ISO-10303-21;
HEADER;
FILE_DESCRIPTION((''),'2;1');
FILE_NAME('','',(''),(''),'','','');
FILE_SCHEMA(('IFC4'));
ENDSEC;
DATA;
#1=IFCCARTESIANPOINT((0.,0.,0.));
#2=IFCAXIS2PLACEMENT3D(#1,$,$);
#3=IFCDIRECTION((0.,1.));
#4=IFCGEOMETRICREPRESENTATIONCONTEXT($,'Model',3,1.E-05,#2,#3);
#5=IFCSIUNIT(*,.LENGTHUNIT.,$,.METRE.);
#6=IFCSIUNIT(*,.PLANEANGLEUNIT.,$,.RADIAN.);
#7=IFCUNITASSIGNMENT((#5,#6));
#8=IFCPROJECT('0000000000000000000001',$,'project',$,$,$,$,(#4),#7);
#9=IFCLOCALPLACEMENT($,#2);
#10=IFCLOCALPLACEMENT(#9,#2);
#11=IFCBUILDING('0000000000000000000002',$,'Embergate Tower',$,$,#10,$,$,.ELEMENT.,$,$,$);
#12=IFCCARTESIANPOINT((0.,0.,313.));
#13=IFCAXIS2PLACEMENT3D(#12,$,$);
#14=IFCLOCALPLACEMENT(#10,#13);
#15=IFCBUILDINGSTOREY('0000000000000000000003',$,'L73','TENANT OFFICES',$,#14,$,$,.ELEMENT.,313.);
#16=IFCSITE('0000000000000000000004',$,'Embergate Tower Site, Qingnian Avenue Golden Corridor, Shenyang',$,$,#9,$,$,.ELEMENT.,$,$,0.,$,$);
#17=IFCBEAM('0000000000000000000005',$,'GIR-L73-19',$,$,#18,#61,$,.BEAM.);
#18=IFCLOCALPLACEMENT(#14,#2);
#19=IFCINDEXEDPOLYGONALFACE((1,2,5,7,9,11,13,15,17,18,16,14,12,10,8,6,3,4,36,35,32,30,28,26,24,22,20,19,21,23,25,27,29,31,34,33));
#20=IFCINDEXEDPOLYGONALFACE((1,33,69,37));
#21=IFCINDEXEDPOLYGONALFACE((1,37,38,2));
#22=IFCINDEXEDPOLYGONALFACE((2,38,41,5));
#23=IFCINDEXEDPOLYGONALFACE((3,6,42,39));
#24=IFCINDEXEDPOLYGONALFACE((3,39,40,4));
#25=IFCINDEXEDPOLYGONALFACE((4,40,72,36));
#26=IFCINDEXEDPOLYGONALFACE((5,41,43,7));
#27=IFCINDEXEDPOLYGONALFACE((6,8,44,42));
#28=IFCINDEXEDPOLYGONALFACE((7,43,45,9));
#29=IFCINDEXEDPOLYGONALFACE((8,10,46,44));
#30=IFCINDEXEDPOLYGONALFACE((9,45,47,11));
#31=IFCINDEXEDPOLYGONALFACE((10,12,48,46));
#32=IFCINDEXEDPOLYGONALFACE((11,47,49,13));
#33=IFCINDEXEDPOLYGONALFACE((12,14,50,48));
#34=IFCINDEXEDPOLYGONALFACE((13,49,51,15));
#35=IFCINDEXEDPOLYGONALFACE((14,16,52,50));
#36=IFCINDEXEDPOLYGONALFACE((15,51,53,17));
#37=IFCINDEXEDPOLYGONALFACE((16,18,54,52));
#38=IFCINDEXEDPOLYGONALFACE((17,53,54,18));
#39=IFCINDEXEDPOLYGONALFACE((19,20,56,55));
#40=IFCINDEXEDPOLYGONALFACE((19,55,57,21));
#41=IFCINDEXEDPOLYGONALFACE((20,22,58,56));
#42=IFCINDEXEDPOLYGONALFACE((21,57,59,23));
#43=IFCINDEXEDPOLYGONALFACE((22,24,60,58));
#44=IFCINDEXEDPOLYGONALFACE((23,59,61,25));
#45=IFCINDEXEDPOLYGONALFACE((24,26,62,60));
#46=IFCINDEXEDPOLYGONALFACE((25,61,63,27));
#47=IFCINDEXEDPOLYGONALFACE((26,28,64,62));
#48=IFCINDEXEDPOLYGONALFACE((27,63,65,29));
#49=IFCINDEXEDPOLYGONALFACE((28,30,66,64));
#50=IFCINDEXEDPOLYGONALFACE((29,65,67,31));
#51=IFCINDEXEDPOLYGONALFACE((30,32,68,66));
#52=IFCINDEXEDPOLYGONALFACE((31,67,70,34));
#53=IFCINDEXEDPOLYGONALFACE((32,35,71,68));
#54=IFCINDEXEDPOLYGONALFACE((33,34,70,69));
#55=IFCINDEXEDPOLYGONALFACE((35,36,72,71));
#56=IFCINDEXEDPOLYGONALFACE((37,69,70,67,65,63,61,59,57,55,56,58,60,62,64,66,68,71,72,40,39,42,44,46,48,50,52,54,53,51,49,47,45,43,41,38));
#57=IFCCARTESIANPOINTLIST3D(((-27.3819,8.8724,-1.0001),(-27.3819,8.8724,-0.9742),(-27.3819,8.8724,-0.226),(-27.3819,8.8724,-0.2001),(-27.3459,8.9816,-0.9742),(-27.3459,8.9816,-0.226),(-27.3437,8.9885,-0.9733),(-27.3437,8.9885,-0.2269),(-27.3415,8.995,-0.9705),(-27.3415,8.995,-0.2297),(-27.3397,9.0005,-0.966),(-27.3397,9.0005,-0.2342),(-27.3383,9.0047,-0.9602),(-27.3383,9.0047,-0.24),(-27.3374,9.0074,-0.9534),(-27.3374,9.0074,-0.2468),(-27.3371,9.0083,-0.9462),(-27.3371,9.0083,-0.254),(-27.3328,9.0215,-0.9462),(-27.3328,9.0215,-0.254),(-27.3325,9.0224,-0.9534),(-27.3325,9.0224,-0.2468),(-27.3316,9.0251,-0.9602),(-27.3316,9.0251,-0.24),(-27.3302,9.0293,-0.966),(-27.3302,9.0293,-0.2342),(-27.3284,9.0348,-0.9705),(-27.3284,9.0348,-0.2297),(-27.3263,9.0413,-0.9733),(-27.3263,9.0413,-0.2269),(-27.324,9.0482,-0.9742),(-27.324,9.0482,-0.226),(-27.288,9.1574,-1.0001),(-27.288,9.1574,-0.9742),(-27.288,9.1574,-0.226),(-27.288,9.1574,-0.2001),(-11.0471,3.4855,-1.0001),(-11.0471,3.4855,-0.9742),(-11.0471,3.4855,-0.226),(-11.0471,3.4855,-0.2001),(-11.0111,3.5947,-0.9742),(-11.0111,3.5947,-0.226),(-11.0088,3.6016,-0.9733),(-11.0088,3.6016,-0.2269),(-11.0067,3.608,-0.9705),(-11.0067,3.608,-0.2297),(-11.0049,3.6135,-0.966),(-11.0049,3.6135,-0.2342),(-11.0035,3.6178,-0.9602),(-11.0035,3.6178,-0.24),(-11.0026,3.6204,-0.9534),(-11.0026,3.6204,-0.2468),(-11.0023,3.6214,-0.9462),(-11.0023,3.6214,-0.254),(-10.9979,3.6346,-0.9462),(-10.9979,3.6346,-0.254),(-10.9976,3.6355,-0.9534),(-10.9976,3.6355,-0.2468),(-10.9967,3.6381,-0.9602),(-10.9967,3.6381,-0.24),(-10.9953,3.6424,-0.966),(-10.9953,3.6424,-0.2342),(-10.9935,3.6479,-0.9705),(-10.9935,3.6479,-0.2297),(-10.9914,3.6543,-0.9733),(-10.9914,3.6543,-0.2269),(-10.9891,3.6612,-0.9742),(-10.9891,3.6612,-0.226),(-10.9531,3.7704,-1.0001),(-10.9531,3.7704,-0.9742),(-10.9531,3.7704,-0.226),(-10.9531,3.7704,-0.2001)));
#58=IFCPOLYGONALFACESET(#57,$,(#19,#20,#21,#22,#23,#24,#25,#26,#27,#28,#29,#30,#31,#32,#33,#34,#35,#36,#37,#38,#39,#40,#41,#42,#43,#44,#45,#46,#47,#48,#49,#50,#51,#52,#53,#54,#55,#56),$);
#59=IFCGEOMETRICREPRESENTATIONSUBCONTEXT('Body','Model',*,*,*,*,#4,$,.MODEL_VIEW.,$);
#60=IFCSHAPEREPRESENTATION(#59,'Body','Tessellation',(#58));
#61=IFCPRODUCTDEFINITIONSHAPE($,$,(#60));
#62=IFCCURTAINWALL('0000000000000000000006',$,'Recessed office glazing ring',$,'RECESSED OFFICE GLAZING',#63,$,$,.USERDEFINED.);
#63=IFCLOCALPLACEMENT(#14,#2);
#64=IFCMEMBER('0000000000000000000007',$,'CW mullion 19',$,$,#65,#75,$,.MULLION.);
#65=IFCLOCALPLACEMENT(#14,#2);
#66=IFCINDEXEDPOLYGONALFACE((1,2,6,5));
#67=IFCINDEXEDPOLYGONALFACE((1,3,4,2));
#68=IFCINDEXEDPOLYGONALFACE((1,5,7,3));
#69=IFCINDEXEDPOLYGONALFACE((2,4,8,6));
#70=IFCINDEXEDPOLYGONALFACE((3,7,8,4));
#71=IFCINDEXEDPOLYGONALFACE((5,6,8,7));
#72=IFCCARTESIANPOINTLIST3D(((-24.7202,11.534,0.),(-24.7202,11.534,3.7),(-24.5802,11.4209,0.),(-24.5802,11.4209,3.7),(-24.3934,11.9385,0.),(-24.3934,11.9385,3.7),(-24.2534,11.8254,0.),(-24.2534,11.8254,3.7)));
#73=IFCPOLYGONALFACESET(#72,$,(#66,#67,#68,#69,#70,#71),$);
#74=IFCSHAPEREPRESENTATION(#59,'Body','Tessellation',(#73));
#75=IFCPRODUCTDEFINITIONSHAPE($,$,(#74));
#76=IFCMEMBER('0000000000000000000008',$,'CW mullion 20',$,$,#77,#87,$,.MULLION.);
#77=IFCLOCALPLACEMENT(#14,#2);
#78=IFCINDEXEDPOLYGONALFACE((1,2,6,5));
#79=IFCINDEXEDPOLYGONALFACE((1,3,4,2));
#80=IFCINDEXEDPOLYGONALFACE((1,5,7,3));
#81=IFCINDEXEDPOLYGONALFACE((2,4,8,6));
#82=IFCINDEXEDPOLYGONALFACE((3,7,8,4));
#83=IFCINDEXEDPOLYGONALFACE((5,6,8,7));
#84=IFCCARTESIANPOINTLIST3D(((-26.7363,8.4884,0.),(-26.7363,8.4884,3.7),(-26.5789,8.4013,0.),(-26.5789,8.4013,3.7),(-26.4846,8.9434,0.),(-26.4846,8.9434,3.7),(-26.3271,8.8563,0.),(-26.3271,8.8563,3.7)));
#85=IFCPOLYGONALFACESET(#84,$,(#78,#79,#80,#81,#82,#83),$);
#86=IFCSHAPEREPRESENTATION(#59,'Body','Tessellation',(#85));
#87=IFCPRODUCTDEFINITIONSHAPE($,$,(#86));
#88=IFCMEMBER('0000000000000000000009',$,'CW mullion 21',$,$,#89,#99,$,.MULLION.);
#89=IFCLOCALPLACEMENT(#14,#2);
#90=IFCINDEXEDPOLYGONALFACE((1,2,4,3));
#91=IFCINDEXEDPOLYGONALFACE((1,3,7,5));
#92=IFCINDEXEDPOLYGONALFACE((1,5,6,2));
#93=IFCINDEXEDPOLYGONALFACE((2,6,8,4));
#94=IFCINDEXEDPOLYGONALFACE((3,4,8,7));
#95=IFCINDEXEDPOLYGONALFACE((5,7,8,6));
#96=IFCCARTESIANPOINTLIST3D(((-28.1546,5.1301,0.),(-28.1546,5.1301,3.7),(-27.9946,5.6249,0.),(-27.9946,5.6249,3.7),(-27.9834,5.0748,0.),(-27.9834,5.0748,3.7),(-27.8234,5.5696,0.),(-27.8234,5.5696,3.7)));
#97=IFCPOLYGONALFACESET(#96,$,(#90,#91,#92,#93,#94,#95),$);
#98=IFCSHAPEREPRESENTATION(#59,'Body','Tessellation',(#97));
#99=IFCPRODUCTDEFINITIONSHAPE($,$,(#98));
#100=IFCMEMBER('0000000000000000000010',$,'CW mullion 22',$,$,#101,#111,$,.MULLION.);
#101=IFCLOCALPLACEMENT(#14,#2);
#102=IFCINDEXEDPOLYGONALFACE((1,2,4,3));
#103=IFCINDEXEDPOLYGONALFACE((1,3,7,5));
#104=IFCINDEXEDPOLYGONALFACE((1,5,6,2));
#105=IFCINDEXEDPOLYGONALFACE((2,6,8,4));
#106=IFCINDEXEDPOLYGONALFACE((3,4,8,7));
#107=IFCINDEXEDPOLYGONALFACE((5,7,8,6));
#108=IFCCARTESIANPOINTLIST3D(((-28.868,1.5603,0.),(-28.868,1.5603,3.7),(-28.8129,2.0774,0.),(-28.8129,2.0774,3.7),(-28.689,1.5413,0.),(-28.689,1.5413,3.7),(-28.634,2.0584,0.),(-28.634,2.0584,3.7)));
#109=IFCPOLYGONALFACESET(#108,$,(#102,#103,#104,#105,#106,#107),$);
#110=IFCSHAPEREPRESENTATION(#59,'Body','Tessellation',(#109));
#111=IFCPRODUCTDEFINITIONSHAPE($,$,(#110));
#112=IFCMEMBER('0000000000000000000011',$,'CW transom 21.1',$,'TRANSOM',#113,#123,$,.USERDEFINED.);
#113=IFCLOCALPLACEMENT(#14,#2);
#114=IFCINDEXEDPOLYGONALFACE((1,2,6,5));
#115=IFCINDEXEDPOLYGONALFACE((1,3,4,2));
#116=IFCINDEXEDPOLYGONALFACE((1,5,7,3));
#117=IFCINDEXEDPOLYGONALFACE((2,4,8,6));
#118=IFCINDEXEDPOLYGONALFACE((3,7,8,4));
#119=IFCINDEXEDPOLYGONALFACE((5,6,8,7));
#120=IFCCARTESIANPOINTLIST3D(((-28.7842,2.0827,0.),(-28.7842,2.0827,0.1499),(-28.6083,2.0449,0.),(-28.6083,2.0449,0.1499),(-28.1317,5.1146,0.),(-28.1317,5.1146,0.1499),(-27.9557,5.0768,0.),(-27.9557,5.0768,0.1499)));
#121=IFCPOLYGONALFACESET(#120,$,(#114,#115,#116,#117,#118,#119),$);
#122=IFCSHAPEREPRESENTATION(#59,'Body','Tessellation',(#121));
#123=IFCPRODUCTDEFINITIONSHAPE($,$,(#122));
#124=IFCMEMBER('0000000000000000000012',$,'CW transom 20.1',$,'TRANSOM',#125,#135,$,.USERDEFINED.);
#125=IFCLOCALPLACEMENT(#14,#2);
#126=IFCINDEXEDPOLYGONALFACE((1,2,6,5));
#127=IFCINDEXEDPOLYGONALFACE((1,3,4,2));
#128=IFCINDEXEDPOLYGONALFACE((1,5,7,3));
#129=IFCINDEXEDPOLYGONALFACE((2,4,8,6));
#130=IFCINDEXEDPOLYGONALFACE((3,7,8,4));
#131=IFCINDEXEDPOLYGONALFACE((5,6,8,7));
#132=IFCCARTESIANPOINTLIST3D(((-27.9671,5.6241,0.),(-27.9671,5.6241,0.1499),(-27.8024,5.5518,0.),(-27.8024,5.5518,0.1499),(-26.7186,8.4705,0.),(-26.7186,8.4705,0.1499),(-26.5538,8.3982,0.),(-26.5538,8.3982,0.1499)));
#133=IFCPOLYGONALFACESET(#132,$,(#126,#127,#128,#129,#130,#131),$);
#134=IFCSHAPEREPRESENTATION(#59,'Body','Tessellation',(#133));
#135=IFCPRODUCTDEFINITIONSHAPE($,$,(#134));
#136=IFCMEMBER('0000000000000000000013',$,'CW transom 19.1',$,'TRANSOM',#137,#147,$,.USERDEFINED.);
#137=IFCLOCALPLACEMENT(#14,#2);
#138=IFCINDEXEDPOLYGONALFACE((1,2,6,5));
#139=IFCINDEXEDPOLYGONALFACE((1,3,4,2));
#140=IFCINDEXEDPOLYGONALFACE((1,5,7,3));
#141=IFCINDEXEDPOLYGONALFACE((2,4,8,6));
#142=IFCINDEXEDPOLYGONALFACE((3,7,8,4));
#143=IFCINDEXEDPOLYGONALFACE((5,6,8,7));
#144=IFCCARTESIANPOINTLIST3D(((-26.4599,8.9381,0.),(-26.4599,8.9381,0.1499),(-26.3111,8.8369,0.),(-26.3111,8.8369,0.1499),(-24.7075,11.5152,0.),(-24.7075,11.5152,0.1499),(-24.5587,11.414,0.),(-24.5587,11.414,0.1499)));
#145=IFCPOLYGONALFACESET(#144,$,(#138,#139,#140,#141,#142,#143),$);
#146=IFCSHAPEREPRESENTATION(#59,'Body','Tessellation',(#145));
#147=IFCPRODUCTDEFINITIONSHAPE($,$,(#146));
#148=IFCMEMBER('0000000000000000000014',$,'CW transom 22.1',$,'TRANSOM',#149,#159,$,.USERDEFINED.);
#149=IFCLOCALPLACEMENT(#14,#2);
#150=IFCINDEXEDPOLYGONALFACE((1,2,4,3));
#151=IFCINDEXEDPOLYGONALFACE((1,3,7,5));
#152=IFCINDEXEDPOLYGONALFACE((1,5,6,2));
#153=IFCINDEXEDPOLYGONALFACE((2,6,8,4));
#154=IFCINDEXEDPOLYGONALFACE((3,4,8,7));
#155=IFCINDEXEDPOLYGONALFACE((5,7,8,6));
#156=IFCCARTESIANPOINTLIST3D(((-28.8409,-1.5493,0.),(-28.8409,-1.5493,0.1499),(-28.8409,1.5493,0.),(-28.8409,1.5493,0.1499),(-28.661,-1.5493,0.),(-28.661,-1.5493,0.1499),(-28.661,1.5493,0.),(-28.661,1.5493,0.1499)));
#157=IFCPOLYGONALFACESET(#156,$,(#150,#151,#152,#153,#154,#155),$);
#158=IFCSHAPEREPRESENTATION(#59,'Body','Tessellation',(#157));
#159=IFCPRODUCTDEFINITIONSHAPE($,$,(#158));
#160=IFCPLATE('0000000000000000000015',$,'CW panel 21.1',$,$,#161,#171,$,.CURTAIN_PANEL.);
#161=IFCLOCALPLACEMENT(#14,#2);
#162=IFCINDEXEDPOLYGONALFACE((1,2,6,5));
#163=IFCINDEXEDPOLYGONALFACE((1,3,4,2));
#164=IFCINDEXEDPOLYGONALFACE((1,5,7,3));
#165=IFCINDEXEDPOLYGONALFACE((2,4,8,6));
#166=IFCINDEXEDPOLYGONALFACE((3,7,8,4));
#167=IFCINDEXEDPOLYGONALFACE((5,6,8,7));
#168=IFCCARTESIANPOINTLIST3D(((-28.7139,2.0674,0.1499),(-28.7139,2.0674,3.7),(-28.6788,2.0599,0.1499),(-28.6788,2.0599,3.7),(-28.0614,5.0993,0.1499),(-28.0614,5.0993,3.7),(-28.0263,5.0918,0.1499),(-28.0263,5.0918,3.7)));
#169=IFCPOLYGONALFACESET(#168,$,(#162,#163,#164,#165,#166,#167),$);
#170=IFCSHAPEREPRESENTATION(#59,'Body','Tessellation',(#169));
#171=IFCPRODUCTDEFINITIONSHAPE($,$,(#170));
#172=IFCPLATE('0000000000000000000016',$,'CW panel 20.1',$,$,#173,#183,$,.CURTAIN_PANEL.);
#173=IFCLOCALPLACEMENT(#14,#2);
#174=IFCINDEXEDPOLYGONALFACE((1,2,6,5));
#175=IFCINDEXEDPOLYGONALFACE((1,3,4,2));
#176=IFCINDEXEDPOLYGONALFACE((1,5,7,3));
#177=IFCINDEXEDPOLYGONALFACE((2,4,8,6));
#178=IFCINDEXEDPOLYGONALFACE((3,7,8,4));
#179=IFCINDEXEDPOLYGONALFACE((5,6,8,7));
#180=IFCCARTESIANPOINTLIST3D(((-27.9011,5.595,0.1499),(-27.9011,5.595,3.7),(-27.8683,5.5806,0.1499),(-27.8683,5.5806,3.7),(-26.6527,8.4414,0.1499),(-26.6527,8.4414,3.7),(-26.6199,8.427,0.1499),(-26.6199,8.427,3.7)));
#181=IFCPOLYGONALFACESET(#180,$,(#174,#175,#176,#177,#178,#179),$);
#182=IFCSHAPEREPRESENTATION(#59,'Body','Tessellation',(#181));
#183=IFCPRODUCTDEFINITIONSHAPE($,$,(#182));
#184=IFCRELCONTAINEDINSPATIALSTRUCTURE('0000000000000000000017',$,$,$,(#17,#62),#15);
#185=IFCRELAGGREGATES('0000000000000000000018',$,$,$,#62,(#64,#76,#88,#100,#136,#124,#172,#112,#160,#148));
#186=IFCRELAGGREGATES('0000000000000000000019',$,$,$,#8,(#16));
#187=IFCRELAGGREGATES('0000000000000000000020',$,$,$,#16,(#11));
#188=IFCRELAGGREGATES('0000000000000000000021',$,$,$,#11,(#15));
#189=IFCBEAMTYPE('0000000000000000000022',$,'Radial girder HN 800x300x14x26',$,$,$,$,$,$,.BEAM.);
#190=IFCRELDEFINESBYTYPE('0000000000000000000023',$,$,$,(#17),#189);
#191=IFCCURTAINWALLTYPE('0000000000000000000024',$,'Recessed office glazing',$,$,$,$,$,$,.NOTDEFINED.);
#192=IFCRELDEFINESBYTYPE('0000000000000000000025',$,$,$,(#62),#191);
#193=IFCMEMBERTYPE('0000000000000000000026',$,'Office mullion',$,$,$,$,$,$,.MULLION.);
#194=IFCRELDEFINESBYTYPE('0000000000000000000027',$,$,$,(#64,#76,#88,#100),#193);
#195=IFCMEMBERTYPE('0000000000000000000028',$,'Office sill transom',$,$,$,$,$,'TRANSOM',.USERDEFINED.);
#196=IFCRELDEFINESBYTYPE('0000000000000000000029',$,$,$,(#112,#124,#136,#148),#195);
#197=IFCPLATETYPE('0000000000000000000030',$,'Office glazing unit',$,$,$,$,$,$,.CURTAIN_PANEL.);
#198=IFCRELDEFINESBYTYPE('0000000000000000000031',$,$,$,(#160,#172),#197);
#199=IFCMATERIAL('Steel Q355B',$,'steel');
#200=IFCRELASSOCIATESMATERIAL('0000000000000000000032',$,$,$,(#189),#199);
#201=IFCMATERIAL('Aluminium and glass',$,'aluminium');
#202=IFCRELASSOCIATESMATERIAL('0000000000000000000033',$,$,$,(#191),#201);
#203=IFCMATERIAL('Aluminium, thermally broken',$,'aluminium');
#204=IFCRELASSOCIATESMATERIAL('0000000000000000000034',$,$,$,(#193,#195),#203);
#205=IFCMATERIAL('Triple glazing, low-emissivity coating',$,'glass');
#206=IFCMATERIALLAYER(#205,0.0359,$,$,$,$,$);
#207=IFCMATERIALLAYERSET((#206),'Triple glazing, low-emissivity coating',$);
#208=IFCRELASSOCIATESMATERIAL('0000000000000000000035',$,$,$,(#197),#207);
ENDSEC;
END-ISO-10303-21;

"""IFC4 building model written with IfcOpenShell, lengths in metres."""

from ifc_helpers import new_model, si_unit, direction, frame, origin, origin_2d, place, context, subcontext, project, spatial, rectangle, i_section, extrude, source, transform, mapped, material, layer, layer_set, material_profile, profile_set, type_object, element, aggregate, save


model = new_model("IFC4")

# Units and contexts
model_context = context("Model", 3, precision=1e-05, world=origin(), true_north=direction((0.0, 1.0)))
body_context = subcontext(model_context, "Body", "Model", "MODEL_VIEW")
ifc_project = project(units=[si_unit("LENGTHUNIT", "METRE"), si_unit("PLANEANGLEUNIT", "RADIAN")], contexts=[model_context])

# Site, building, storey
site_placement = place(None, origin())
site = spatial("IfcSite", under=ifc_project, at=site_placement, Name="Embergate Tower Site, Qingnian Avenue Golden Corridor, Shenyang", CompositionType="ELEMENT", RefElevation=0.0)
building_placement = place(site_placement, origin())
building = spatial("IfcBuilding", under=site, at=building_placement, Name="Embergate Tower", CompositionType="ELEMENT")
storey_placement = place(building_placement, frame((0.0, 0.0, 313.0)))
storey = spatial("IfcBuildingStorey", under=building, at=storey_placement, Name="L73", Description="TENANT OFFICES", CompositionType="ELEMENT", Elevation=313.0)

# Beam
ifc_material_1 = material(Name="Steel Q355B", Category="steel")
ifc_material_profile_1 = material_profile(ifc_material_1, i_section(OverallWidth=0.3, OverallDepth=0.8, WebThickness=0.0139, FlangeThickness=0.0259, FilletRadius=0.0281, at=origin_2d()), Name="HN 800x300x14x26")
ifc_profile_set_1 = profile_set([ifc_material_profile_1], Name="Steel Q355 grade B")
beam_type_1 = type_object("IfcBeamType", Name="Radial girder HN 800x300x14x26", PredefinedType="BEAM", material=ifc_profile_set_1)
shared_shape_1 = source(origin(), body_context, "Body", "SweptSolid", [
    extrude(i_section(OverallWidth=0.3, OverallDepth=0.8, WebThickness=0.0139, FlangeThickness=0.0259, FilletRadius=0.0281, at=origin_2d()), origin(), (0.0, 0.0, 1.0), 17.2002),
])
beam_1_placement = place(storey_placement, frame((-27.335, 9.0149, -0.6001), z_axis=(0.94969, -0.31319, 0.0), x_axis=(0.31319, 0.94969, 0.0)))
element("IfcBeam", 1, at=beam_1_placement, inside=storey, type_object=beam_type_1, Name="GIR-L73-19", PredefinedType="BEAM", context=body_context, shape_type="MappedRepresentation", body=[
    mapped(shared_shape_1, transform((0.0, 0.0, 0.0))),
])

# Curtain wall, members, plates
ifc_material_2 = material(Name="Aluminium and glass", Category="aluminium")
curtain_wall_type = type_object("IfcCurtainWallType", Name="Recessed office glazing", PredefinedType="NOTDEFINED", material=ifc_material_2)
curtain_wall_placement = place(storey_placement, origin())
curtain_wall = element("IfcCurtainWall", 2, at=curtain_wall_placement, inside=storey, type_object=curtain_wall_type, Name="Recessed office glazing ring", ObjectType="RECESSED OFFICE GLAZING", PredefinedType="USERDEFINED")
ifc_material_3 = material(Name="Aluminium, thermally broken", Category="aluminium")
ifc_material_profile_2 = material_profile(ifc_material_3, rectangle(XDim=0.1799, YDim=0.52, at=origin_2d()), Name="AL 520x180")
ifc_profile_set_2 = profile_set([ifc_material_profile_2], Name="Aluminium, thermally broken")
member_type_1 = type_object("IfcMemberType", Name="Office mullion", PredefinedType="MULLION", material=ifc_profile_set_2)
shared_shape_2 = source(origin(), body_context, "Body", "SweptSolid", [
    extrude(rectangle(XDim=0.1799, YDim=0.52, at=origin_2d()), origin(), (0.0, 0.0, 1.0), 3.7),
])
member_1_placement = place(storey_placement, frame((-24.4868, 11.6797, 0.0), z_axis=(0.0, 0.0, 1.0), x_axis=(0.777862, -0.628436, 0.0)))
member_1 = element("IfcMember", 3, at=member_1_placement, type_object=member_type_1, Name="CW mullion 19", PredefinedType="MULLION", context=body_context, shape_type="MappedRepresentation", body=[
    mapped(shared_shape_2, transform((0.0, 0.0, 0.0))),
])
member_2_placement = place(storey_placement, frame((-26.5317, 8.6724, 0.0), z_axis=(0.0, 0.0, 1.0), x_axis=(0.874992, -0.484138, 0.0)))
member_2 = element("IfcMember", 4, at=member_2_placement, type_object=member_type_1, Name="CW mullion 20", PredefinedType="MULLION", context=body_context, shape_type="MappedRepresentation", body=[
    mapped(shared_shape_2, transform((0.0, 0.0, 0.0))),
])
member_3_placement = place(storey_placement, frame((-27.989, 5.3499, 0.0), z_axis=(0.0, 0.0, 1.0), x_axis=(0.951492, -0.307674, 0.0)))
member_3 = element("IfcMember", 5, at=member_3_placement, type_object=member_type_1, Name="CW mullion 21", PredefinedType="MULLION", context=body_context, shape_type="MappedRepresentation", body=[
    mapped(shared_shape_2, transform((0.0, 0.0, 0.0))),
])
member_4_placement = place(storey_placement, frame((-28.751, 1.8093, 0.0), z_axis=(0.0, 0.0, 1.0), x_axis=(0.994384, -0.105832, 0.0)))
member_4 = element("IfcMember", 6, at=member_4_placement, type_object=member_type_1, Name="CW mullion 22", PredefinedType="MULLION", context=body_context, shape_type="MappedRepresentation", body=[
    mapped(shared_shape_2, transform((0.0, 0.0, 0.0))),
])
ifc_material_profile_3 = material_profile(ifc_material_3, rectangle(XDim=0.1799, YDim=0.1499, at=origin_2d()), Name="AL 150x180")
ifc_profile_set_3 = profile_set([ifc_material_profile_3], Name="Aluminium, thermally broken")
member_type_2 = type_object("IfcMemberType", Name="Office sill transom", ElementType="TRANSOM", PredefinedType="USERDEFINED", material=ifc_profile_set_3)
shared_shape_3 = source(origin(), body_context, "Body", "SweptSolid", [
    extrude(rectangle(XDim=0.1799, YDim=0.1499, at=origin_2d()), origin(), (0.0, 0.0, 1.0), 3.1013),
])
member_5_placement = place(storey_placement, frame((-28.0437, 5.0957, 0.075), z_axis=(-0.210416, -0.977612, 0.0), x_axis=(0.977612, -0.210416, 0.0)))
member_5 = element("IfcMember", 7, at=member_5_placement, type_object=member_type_2, Name="CW transom 21.1", ObjectType="TRANSOM", PredefinedType="USERDEFINED", context=body_context, shape_type="MappedRepresentation", body=[
    mapped(shared_shape_3, transform((0.0, 0.0, 0.0))),
])
shared_shape_4 = source(origin(), body_context, "Body", "SweptSolid", [
    extrude(rectangle(XDim=0.1799, YDim=0.1499, at=origin_2d()), origin(), (0.0, 0.0, 1.0), 3.1082),
])
member_6_placement = place(storey_placement, frame((-26.6362, 8.4343, 0.075), z_axis=(-0.401688, -0.915777, 0.0), x_axis=(0.915777, -0.401688, 0.0)))
member_6 = element("IfcMember", 8, at=member_6_placement, type_object=member_type_2, Name="CW transom 20.1", ObjectType="TRANSOM", PredefinedType="USERDEFINED", context=body_context, shape_type="MappedRepresentation", body=[
    mapped(shared_shape_4, transform((0.0, 0.0, 0.0))),
])
shared_shape_5 = source(origin(), body_context, "Body", "SweptSolid", [
    extrude(rectangle(XDim=0.1799, YDim=0.1499, at=origin_2d()), origin(), (0.0, 0.0, 1.0), 3.1165),
])
member_7_placement = place(storey_placement, frame((-24.6331, 11.4646, 0.075), z_axis=(-0.562306, -0.826929, 0.0), x_axis=(0.826929, -0.562306, 0.0)))
member_7 = element("IfcMember", 9, at=member_7_placement, type_object=member_type_2, Name="CW transom 19.1", ObjectType="TRANSOM", PredefinedType="USERDEFINED", context=body_context, shape_type="MappedRepresentation", body=[
    mapped(shared_shape_5, transform((0.0, 0.0, 0.0))),
])
shared_shape_6 = source(origin(), body_context, "Body", "SweptSolid", [
    extrude(rectangle(XDim=0.1799, YDim=0.1499, at=origin_2d()), origin(), (0.0, 0.0, 1.0), 3.0986),
])
member_8_placement = place(storey_placement, frame((-28.751, 1.5493, 0.075), z_axis=(0.0, -1.0, 0.0), x_axis=(1.0, 0.0, 0.0)))
member_8 = element("IfcMember", 10, at=member_8_placement, type_object=member_type_2, Name="CW transom 22.1", ObjectType="TRANSOM", PredefinedType="USERDEFINED", context=body_context, shape_type="MappedRepresentation", body=[
    mapped(shared_shape_6, transform((0.0, 0.0, 0.0))),
])
ifc_material_4 = material(Name="Triple glazing, low-emissivity coating", Category="glass")
ifc_layer_1 = layer(ifc_material_4, 0.0359)
ifc_layer_set_1 = layer_set([ifc_layer_1], Name="Triple glazing, low-emissivity coating")
plate_type = type_object("IfcPlateType", Name="Office glazing unit", PredefinedType="CURTAIN_PANEL", material=ifc_layer_set_1)
shared_shape_7 = source(origin(), body_context, "Body", "SweptSolid", [
    extrude(rectangle(XDim=3.1013, YDim=0.0359, at=origin_2d()), origin(), (0.0, 0.0, 1.0), 3.55),
])
plate_1_placement = place(storey_placement, frame((-28.3701, 3.5796, 0.1499), z_axis=(0.0, 0.0, 1.0), x_axis=(-0.2104, -0.977615, 0.0)))
plate_1 = element("IfcPlate", 11, at=plate_1_placement, type_object=plate_type, Name="CW panel 21.1", PredefinedType="CURTAIN_PANEL", context=body_context, shape_type="MappedRepresentation", body=[
    mapped(shared_shape_7, transform((0.0, 0.0, 0.0))),
])
shared_shape_8 = source(origin(), body_context, "Body", "SweptSolid", [
    extrude(rectangle(XDim=3.1082, YDim=0.0359, at=origin_2d()), origin(), (0.0, 0.0, 1.0), 3.55),
])
plate_2_placement = place(storey_placement, frame((-27.2605, 7.011, 0.1499), z_axis=(0.0, 0.0, 1.0), x_axis=(-0.401654, -0.915792, 0.0)))
plate_2 = element("IfcPlate", 12, at=plate_2_placement, type_object=plate_type, Name="CW panel 20.1", PredefinedType="CURTAIN_PANEL", context=body_context, shape_type="MappedRepresentation", body=[
    mapped(shared_shape_8, transform((0.0, 0.0, 0.0))),
])
aggregate(curtain_wall, [member_1, member_2, member_3, member_4, member_7, member_6, plate_2, member_5, plate_1, member_8])

save(model, "model.ifc")
